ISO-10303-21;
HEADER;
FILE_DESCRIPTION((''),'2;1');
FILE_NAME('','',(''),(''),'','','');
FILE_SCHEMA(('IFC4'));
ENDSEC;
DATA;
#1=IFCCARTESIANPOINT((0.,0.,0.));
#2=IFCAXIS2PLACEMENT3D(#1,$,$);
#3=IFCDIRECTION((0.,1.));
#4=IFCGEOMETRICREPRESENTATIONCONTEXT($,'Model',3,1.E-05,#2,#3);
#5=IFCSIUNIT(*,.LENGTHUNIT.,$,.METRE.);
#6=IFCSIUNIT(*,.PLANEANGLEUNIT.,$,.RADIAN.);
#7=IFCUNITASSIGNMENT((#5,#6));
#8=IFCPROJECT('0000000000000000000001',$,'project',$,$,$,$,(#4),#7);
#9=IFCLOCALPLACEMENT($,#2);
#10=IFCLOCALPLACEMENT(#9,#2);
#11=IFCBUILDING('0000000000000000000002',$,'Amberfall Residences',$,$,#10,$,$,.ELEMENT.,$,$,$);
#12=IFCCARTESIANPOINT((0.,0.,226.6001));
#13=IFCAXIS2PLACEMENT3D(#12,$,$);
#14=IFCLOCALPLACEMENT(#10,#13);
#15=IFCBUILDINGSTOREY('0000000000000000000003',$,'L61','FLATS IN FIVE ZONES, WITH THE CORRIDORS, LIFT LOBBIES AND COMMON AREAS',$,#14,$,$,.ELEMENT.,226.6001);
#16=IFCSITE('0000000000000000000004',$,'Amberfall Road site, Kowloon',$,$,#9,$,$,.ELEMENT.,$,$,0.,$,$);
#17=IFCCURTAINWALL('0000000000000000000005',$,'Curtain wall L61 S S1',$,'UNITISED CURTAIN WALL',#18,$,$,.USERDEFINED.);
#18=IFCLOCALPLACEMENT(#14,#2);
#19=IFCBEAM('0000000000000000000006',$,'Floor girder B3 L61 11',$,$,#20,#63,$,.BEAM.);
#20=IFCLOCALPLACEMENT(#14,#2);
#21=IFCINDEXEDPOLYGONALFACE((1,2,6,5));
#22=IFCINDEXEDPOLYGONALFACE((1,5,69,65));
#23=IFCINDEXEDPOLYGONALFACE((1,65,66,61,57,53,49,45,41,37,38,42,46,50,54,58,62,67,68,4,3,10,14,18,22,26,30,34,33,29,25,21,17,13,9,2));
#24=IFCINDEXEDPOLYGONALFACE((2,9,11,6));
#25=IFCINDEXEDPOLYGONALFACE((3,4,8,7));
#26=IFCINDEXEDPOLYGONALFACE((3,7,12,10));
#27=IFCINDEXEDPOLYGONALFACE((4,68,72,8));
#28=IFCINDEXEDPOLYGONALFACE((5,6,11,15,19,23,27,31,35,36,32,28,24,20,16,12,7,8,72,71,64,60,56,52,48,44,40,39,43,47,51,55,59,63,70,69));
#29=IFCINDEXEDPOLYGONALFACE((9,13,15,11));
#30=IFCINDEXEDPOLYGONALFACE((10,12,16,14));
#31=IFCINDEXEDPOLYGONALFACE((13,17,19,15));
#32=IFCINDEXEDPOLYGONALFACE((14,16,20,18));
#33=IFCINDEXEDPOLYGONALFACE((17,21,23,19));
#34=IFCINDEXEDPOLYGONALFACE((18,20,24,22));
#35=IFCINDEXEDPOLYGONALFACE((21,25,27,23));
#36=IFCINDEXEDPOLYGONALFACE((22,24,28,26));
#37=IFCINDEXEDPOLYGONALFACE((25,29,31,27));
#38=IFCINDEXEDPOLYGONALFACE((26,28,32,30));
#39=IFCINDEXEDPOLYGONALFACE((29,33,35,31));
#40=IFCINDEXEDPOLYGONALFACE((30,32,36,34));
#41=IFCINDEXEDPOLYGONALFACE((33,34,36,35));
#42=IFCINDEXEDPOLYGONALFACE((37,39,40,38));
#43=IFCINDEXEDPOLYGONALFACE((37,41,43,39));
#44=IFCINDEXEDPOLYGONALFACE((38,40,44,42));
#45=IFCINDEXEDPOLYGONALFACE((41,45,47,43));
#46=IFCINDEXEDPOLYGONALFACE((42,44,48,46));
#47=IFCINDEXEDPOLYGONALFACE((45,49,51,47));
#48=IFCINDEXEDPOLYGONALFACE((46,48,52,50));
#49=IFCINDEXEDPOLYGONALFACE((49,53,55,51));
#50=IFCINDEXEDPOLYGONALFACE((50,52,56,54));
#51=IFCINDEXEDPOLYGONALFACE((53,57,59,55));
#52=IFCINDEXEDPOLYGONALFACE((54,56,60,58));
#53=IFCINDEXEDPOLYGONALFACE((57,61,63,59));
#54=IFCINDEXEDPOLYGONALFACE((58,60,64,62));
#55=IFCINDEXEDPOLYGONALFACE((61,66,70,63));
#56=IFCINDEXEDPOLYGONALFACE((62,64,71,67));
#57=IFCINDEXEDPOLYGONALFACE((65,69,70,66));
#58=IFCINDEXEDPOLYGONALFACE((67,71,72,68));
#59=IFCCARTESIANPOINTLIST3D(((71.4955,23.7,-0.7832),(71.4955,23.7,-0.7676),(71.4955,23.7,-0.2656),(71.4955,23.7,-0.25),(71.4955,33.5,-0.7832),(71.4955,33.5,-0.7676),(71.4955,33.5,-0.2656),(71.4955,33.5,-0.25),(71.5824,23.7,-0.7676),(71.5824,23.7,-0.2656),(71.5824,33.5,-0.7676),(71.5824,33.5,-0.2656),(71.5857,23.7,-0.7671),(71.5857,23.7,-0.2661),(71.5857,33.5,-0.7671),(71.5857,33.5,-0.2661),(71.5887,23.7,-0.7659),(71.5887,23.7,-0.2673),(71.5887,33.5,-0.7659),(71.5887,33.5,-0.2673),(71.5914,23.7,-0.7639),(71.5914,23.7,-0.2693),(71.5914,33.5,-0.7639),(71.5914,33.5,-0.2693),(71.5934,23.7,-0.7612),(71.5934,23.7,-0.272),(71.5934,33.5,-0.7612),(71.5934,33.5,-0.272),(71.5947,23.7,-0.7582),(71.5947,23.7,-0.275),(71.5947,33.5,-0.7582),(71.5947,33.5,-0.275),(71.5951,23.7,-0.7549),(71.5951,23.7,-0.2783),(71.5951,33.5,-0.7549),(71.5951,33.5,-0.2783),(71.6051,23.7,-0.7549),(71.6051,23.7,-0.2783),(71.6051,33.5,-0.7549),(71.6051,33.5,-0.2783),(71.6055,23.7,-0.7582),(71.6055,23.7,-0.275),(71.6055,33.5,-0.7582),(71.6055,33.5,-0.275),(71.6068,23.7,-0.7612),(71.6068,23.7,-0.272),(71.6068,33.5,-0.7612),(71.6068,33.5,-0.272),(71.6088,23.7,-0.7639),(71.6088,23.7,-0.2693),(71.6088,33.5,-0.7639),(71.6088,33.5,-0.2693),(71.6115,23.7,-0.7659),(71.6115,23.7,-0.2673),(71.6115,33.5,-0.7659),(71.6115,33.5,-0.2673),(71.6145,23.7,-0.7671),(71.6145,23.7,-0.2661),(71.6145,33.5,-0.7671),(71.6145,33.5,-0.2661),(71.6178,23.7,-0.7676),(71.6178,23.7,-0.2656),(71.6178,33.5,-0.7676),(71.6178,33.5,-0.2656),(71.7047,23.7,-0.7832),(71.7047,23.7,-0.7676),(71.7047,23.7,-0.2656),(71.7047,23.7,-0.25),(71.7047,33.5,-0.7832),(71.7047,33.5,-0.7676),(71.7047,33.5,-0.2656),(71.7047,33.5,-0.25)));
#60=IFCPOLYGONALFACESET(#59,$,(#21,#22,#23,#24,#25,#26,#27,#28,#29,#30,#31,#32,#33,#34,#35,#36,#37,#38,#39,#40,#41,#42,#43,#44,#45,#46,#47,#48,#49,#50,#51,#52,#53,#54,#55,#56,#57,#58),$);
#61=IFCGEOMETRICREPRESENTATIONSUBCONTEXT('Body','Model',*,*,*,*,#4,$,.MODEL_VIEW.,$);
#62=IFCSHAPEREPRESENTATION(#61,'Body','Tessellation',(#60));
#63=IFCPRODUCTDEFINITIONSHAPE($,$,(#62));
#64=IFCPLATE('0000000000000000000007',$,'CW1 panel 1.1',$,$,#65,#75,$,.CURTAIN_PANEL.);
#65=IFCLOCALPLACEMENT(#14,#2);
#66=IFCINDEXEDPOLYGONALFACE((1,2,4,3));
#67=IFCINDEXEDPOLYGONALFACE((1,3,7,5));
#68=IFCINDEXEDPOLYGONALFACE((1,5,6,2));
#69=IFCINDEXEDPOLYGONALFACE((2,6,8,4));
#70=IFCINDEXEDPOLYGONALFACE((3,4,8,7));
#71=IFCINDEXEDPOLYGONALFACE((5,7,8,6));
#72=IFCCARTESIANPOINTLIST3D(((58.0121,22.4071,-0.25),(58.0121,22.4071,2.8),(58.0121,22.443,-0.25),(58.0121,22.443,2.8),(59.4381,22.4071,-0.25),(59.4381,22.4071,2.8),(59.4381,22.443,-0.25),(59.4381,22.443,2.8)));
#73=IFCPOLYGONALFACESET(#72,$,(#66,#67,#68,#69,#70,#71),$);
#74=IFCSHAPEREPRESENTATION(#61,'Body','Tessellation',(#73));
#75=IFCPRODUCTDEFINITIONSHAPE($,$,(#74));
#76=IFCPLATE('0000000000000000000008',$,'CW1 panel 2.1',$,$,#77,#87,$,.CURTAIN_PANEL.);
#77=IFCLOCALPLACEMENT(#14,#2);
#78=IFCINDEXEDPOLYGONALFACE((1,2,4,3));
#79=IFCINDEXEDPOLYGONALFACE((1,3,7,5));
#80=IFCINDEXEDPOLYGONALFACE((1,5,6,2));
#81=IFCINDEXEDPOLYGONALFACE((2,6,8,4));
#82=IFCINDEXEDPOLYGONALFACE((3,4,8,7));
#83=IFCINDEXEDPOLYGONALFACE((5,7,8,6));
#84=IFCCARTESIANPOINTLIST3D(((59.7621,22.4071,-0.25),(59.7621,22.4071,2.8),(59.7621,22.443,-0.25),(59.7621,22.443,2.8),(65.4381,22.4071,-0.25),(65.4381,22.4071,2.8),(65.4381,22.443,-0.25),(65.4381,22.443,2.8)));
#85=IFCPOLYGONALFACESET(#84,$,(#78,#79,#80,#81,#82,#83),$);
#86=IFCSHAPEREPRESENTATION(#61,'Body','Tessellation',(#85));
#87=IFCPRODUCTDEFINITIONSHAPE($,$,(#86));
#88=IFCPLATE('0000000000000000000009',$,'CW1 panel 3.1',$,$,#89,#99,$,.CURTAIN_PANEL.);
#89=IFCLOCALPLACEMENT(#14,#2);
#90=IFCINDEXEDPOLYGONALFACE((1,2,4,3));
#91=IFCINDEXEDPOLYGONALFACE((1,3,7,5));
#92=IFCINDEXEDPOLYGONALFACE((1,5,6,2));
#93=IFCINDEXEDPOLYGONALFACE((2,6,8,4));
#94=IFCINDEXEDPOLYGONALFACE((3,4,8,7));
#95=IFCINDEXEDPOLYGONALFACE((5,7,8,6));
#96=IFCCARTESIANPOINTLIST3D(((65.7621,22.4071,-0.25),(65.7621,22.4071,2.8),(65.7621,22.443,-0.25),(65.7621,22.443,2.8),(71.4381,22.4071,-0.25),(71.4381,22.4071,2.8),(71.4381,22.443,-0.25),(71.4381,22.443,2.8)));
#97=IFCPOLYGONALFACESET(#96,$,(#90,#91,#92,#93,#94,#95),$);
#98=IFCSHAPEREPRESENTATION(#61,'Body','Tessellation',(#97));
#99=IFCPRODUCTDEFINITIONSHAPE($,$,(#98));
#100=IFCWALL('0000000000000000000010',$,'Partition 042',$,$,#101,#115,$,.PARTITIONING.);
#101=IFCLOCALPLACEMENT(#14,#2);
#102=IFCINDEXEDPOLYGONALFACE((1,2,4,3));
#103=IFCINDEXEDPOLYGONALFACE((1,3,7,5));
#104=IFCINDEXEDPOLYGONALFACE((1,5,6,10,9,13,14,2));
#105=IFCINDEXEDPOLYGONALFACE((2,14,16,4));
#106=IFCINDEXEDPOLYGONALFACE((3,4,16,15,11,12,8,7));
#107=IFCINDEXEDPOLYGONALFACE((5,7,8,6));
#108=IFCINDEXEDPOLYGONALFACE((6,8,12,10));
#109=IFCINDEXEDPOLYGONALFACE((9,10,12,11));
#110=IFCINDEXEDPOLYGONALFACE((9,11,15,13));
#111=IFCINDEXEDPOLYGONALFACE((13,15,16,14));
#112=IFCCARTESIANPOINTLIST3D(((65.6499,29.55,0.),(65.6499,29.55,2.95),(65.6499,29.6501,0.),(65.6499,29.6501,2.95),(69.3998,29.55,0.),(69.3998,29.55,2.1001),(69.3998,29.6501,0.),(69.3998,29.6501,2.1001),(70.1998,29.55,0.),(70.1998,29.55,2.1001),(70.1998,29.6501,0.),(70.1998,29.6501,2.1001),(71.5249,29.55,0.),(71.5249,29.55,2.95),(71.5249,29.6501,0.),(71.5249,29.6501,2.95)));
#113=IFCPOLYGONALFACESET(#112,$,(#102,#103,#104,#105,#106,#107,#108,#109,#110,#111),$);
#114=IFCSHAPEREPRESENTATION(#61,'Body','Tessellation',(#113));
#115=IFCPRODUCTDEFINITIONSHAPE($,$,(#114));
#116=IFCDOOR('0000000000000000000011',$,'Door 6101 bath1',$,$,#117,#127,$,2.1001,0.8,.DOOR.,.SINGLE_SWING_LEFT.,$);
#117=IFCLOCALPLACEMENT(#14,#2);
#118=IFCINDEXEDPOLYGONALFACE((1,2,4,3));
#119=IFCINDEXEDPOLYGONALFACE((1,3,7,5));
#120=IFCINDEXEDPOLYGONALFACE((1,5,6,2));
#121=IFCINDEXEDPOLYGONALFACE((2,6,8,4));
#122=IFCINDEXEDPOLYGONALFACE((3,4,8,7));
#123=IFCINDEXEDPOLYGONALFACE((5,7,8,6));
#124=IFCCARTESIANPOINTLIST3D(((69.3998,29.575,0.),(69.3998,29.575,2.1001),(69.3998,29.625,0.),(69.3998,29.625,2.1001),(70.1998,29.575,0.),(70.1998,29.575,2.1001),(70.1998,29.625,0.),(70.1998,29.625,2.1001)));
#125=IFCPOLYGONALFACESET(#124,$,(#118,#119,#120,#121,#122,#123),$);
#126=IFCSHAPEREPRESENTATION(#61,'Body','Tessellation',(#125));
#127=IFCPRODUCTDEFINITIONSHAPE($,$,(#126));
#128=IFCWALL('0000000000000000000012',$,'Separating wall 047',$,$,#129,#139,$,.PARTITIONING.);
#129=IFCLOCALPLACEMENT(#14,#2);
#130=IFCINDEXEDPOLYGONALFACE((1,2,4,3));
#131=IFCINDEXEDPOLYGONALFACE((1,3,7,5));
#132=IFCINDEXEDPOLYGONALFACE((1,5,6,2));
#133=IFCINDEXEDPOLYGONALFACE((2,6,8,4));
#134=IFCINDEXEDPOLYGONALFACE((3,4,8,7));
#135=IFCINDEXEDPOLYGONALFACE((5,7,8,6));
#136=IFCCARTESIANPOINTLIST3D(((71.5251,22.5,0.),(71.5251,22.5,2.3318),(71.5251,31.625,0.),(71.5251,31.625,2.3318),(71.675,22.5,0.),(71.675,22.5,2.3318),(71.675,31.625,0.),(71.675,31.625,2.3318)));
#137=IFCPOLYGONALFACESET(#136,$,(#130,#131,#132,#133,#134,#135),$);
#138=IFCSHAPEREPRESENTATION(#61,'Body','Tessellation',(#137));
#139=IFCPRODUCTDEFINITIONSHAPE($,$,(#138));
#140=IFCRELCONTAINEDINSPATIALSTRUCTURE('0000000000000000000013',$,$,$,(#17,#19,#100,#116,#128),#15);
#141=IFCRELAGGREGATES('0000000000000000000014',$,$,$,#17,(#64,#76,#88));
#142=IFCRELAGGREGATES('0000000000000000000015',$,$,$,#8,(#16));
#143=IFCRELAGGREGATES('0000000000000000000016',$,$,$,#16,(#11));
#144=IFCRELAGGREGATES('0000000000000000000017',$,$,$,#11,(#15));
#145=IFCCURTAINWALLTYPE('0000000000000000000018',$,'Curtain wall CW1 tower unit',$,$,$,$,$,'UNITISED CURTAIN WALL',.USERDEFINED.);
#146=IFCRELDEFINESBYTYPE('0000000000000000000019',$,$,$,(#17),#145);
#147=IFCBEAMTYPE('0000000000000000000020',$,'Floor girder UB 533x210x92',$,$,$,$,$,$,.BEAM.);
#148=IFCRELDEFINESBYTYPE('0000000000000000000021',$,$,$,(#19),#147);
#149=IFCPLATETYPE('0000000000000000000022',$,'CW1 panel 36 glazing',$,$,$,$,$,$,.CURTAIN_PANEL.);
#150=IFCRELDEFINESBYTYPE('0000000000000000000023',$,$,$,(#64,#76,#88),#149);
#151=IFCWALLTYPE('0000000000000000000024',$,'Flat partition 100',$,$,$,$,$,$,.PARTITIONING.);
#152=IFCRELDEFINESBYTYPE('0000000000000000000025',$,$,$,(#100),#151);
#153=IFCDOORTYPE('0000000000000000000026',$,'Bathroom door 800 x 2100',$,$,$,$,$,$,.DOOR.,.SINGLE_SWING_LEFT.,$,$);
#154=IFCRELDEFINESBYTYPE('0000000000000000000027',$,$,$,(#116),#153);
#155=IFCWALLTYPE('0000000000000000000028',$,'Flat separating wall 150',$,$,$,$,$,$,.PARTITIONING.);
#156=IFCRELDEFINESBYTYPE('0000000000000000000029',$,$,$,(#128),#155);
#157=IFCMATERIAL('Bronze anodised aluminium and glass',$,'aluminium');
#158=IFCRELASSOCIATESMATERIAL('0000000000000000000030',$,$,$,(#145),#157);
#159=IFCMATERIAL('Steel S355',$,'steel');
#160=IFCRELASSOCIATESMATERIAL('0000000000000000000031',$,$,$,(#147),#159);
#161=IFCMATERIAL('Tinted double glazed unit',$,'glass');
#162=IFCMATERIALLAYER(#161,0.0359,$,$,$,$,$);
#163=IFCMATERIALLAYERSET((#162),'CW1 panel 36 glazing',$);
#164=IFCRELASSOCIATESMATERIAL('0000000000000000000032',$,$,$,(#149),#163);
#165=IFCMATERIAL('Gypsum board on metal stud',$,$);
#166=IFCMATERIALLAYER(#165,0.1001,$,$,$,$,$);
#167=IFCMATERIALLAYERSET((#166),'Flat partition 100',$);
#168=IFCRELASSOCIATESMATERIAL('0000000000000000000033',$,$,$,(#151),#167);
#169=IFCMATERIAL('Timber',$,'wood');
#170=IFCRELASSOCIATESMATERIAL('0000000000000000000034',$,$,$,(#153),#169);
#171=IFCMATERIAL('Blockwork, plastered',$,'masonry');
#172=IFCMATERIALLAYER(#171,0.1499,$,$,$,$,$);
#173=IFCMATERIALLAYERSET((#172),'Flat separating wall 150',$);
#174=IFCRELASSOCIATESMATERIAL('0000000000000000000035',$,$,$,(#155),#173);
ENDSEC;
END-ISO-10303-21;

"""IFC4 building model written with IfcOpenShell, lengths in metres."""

from ifc_helpers import new_model, si_unit, direction, frame, frame_2d, origin, origin_2d, place, context, subcontext, project, spatial, rectangle, i_section, extrude, material, layer, layer_set, material_profile, profile_set, type_object, element, fill, aggregate, save


model = new_model("IFC4")

# Units and contexts
model_context = context("Model", 3, precision=1e-05, world=origin(), true_north=direction((0.0, 1.0)))
body_context = subcontext(model_context, "Body", "Model", "MODEL_VIEW")
ifc_project = project(units=[si_unit("LENGTHUNIT", "METRE"), si_unit("PLANEANGLEUNIT", "RADIAN")], contexts=[model_context])

# Site, building, storey
site_placement = place(None, origin())
site = spatial("IfcSite", under=ifc_project, at=site_placement, Name="Amberfall Road site, Kowloon", CompositionType="ELEMENT", RefElevation=0.0)
building_placement = place(site_placement, origin())
building = spatial("IfcBuilding", under=site, at=building_placement, Name="Amberfall Residences", CompositionType="ELEMENT")
storey_placement = place(building_placement, frame((0.0, 0.0, 226.6001)))
storey = spatial("IfcBuildingStorey", under=building, at=storey_placement, Name="L61", Description="FLATS IN FIVE ZONES, WITH THE CORRIDORS, LIFT LOBBIES AND COMMON AREAS", CompositionType="ELEMENT", Elevation=226.6001)

# Curtain wall
ifc_material_1 = material(Name="Bronze anodised aluminium and glass", Category="aluminium")
curtain_wall_type = type_object("IfcCurtainWallType", Name="Curtain wall CW1 tower unit", ElementType="UNITISED CURTAIN WALL", PredefinedType="USERDEFINED", material=ifc_material_1)
curtain_wall_placement = place(storey_placement, origin())
curtain_wall = element("IfcCurtainWall", 1, at=curtain_wall_placement, inside=storey, type_object=curtain_wall_type, Name="Curtain wall L61 S S1", ObjectType="UNITISED CURTAIN WALL", PredefinedType="USERDEFINED")

# Shared definitions
ifc_material_2 = material(Name="Steel S355", Category="steel")

# Beam
ifc_material_profile_1 = material_profile(ifc_material_2, i_section(OverallWidth=0.2092, OverallDepth=0.5332, WebThickness=0.01, FlangeThickness=0.0156, FilletRadius=0.0127, at=origin_2d()), Name="UB 533x210x92")
ifc_profile_set_1 = profile_set([ifc_material_profile_1], Name="Steel S355")
beam_type_1 = type_object("IfcBeamType", Name="Floor girder UB 533x210x92", PredefinedType="BEAM", material=ifc_profile_set_1)
for number, where, z_axis, x_axis, name in (
    (2, (71.6001, 23.7, -0.5166), (0.0, 1.0, 0.0), (-1.0, 0.0, 0.0), "Floor girder B3 L61 11"),
):
    element("IfcBeam", number, at=place(storey_placement, frame(where, z_axis=z_axis, x_axis=x_axis)), inside=storey, type_object=beam_type_1, Name=name, PredefinedType="BEAM", context=body_context, shape_type="SweptSolid", body=[
        extrude(i_section(OverallWidth=0.2092, OverallDepth=0.5332, WebThickness=0.01, FlangeThickness=0.0156, FilletRadius=0.0127, at=origin_2d()), origin(), (0.0, 0.0, 1.0), 9.8),
    ])

# Plates
ifc_material_3 = material(Name="Tinted double glazed unit", Category="glass")
ifc_layer_1 = layer(ifc_material_3, 0.0359)
ifc_layer_set_1 = layer_set([ifc_layer_1], Name="CW1 panel 36 glazing")
plate_type = type_object("IfcPlateType", Name="CW1 panel 36 glazing", PredefinedType="CURTAIN_PANEL", material=ifc_layer_set_1)
plate_1_placement = place(storey_placement, frame((58.7251, 22.425, -0.25), z_axis=(0.0, 0.0, 1.0), x_axis=(1.0, 0.0, 0.0)))
plate_1 = element("IfcPlate", 3, at=plate_1_placement, type_object=plate_type, Name="CW1 panel 1.1", PredefinedType="CURTAIN_PANEL", context=body_context, shape_type="SweptSolid", body=[
    extrude(rectangle(XDim=1.426, YDim=0.0359, at=origin_2d()), origin(), (0.0, 0.0, 1.0), 3.05),
])
plate_2_placement = place(storey_placement, frame((62.6001, 22.425, -0.25), z_axis=(0.0, 0.0, 1.0), x_axis=(1.0, 0.0, 0.0)))
plate_2 = element("IfcPlate", 4, at=plate_2_placement, type_object=plate_type, Name="CW1 panel 2.1", PredefinedType="CURTAIN_PANEL", context=body_context, shape_type="SweptSolid", body=[
    extrude(rectangle(XDim=5.676, YDim=0.0359, at=origin_2d()), origin(), (0.0, 0.0, 1.0), 3.05),
])
plate_3_placement = place(storey_placement, frame((68.6001, 22.425, -0.25), z_axis=(0.0, 0.0, 1.0), x_axis=(1.0, 0.0, 0.0)))
plate_3 = element("IfcPlate", 5, at=plate_3_placement, type_object=plate_type, Name="CW1 panel 3.1", PredefinedType="CURTAIN_PANEL", context=body_context, shape_type="SweptSolid", body=[
    extrude(rectangle(XDim=5.676, YDim=0.0359, at=origin_2d()), origin(), (0.0, 0.0, 1.0), 3.05),
])
aggregate(curtain_wall, [plate_1, plate_2, plate_3])

# Wall, opening, door
ifc_material_4 = material(Name="Gypsum board on metal stud")
ifc_layer_2 = layer(ifc_material_4, 0.1001)
ifc_layer_set_2 = layer_set([ifc_layer_2], Name="Flat partition 100")
wall_type_1 = type_object("IfcWallType", Name="Flat partition 100", PredefinedType="PARTITIONING", material=ifc_layer_set_2)
wall_1_placement = place(storey_placement, frame((65.6499, 29.6001, 0.0), z_axis=(0.0, 0.0, 1.0), x_axis=(1.0, 0.0, 0.0)))
wall_1 = element("IfcWall", 6, at=wall_1_placement, inside=storey, type_object=wall_type_1, Name="Partition 042", PredefinedType="PARTITIONING", context=body_context, shape_type="SweptSolid", body=[
    extrude(rectangle(XDim=5.875, YDim=0.1001, at=frame_2d((2.9375, 0.0))), origin(), (0.0, 0.0, 1.0), 2.95),
])
opening_placement = place(wall_1_placement, frame((3.75, 0.0, 0.0)))
opening = element("IfcOpeningElement", 7, at=opening_placement, cuts=wall_1, PredefinedType="OPENING", context=body_context, shape_type="SweptSolid", body=[
    extrude(rectangle(XDim=0.8, YDim=2.1001, at=frame_2d((0.3999, 1.05))), frame((0.0, 0.0601, 0.0), z_axis=(0.0, -1.0, 0.0), x_axis=(1.0, 0.0, 0.0)), (0.0, 0.0, 1.0), 0.1201),
])
ifc_material_5 = material(Name="Timber", Category="wood")
door_type = type_object("IfcDoorType", Name="Bathroom door 800 x 2100", OperationType="SINGLE_SWING_LEFT", PredefinedType="DOOR", material=ifc_material_5)
door_placement = place(opening_placement, origin())
door = element("IfcDoor", 8, at=door_placement, inside=storey, type_object=door_type, Name="Door 6101 bath1", OperationType="SINGLE_SWING_LEFT", OverallHeight=2.1001, OverallWidth=0.8, PredefinedType="DOOR", context=body_context, shape_type="SweptSolid", body=[
    extrude(rectangle(XDim=0.8, YDim=2.1001, at=frame_2d((0.3999, 1.05))), frame((0.0, 0.0249, 0.0), z_axis=(0.0, -1.0, 0.0), x_axis=(1.0, 0.0, 0.0)), (0.0, 0.0, 1.0), 0.05),
])
fill(opening, door)

# Wall
ifc_material_6 = material(Name="Blockwork, plastered", Category="masonry")
ifc_layer_3 = layer(ifc_material_6, 0.1499)
ifc_layer_set_3 = layer_set([ifc_layer_3], Name="Flat separating wall 150")
wall_type_2 = type_object("IfcWallType", Name="Flat separating wall 150", PredefinedType="PARTITIONING", material=ifc_layer_set_3)
wall_2_placement = place(storey_placement, frame((71.6001, 22.5, 0.0), z_axis=(0.0, 0.0, 1.0), x_axis=(0.0, 1.0, 0.0)))
element("IfcWall", 9, at=wall_2_placement, inside=storey, type_object=wall_type_2, Name="Separating wall 047", PredefinedType="PARTITIONING", context=body_context, shape_type="SweptSolid", body=[
    extrude(rectangle(XDim=9.125, YDim=0.1499, at=frame_2d((4.5625, 0.0))), origin(), (0.0, 0.0, 1.0), 2.3318),
])

save(model, "model.ifc")
